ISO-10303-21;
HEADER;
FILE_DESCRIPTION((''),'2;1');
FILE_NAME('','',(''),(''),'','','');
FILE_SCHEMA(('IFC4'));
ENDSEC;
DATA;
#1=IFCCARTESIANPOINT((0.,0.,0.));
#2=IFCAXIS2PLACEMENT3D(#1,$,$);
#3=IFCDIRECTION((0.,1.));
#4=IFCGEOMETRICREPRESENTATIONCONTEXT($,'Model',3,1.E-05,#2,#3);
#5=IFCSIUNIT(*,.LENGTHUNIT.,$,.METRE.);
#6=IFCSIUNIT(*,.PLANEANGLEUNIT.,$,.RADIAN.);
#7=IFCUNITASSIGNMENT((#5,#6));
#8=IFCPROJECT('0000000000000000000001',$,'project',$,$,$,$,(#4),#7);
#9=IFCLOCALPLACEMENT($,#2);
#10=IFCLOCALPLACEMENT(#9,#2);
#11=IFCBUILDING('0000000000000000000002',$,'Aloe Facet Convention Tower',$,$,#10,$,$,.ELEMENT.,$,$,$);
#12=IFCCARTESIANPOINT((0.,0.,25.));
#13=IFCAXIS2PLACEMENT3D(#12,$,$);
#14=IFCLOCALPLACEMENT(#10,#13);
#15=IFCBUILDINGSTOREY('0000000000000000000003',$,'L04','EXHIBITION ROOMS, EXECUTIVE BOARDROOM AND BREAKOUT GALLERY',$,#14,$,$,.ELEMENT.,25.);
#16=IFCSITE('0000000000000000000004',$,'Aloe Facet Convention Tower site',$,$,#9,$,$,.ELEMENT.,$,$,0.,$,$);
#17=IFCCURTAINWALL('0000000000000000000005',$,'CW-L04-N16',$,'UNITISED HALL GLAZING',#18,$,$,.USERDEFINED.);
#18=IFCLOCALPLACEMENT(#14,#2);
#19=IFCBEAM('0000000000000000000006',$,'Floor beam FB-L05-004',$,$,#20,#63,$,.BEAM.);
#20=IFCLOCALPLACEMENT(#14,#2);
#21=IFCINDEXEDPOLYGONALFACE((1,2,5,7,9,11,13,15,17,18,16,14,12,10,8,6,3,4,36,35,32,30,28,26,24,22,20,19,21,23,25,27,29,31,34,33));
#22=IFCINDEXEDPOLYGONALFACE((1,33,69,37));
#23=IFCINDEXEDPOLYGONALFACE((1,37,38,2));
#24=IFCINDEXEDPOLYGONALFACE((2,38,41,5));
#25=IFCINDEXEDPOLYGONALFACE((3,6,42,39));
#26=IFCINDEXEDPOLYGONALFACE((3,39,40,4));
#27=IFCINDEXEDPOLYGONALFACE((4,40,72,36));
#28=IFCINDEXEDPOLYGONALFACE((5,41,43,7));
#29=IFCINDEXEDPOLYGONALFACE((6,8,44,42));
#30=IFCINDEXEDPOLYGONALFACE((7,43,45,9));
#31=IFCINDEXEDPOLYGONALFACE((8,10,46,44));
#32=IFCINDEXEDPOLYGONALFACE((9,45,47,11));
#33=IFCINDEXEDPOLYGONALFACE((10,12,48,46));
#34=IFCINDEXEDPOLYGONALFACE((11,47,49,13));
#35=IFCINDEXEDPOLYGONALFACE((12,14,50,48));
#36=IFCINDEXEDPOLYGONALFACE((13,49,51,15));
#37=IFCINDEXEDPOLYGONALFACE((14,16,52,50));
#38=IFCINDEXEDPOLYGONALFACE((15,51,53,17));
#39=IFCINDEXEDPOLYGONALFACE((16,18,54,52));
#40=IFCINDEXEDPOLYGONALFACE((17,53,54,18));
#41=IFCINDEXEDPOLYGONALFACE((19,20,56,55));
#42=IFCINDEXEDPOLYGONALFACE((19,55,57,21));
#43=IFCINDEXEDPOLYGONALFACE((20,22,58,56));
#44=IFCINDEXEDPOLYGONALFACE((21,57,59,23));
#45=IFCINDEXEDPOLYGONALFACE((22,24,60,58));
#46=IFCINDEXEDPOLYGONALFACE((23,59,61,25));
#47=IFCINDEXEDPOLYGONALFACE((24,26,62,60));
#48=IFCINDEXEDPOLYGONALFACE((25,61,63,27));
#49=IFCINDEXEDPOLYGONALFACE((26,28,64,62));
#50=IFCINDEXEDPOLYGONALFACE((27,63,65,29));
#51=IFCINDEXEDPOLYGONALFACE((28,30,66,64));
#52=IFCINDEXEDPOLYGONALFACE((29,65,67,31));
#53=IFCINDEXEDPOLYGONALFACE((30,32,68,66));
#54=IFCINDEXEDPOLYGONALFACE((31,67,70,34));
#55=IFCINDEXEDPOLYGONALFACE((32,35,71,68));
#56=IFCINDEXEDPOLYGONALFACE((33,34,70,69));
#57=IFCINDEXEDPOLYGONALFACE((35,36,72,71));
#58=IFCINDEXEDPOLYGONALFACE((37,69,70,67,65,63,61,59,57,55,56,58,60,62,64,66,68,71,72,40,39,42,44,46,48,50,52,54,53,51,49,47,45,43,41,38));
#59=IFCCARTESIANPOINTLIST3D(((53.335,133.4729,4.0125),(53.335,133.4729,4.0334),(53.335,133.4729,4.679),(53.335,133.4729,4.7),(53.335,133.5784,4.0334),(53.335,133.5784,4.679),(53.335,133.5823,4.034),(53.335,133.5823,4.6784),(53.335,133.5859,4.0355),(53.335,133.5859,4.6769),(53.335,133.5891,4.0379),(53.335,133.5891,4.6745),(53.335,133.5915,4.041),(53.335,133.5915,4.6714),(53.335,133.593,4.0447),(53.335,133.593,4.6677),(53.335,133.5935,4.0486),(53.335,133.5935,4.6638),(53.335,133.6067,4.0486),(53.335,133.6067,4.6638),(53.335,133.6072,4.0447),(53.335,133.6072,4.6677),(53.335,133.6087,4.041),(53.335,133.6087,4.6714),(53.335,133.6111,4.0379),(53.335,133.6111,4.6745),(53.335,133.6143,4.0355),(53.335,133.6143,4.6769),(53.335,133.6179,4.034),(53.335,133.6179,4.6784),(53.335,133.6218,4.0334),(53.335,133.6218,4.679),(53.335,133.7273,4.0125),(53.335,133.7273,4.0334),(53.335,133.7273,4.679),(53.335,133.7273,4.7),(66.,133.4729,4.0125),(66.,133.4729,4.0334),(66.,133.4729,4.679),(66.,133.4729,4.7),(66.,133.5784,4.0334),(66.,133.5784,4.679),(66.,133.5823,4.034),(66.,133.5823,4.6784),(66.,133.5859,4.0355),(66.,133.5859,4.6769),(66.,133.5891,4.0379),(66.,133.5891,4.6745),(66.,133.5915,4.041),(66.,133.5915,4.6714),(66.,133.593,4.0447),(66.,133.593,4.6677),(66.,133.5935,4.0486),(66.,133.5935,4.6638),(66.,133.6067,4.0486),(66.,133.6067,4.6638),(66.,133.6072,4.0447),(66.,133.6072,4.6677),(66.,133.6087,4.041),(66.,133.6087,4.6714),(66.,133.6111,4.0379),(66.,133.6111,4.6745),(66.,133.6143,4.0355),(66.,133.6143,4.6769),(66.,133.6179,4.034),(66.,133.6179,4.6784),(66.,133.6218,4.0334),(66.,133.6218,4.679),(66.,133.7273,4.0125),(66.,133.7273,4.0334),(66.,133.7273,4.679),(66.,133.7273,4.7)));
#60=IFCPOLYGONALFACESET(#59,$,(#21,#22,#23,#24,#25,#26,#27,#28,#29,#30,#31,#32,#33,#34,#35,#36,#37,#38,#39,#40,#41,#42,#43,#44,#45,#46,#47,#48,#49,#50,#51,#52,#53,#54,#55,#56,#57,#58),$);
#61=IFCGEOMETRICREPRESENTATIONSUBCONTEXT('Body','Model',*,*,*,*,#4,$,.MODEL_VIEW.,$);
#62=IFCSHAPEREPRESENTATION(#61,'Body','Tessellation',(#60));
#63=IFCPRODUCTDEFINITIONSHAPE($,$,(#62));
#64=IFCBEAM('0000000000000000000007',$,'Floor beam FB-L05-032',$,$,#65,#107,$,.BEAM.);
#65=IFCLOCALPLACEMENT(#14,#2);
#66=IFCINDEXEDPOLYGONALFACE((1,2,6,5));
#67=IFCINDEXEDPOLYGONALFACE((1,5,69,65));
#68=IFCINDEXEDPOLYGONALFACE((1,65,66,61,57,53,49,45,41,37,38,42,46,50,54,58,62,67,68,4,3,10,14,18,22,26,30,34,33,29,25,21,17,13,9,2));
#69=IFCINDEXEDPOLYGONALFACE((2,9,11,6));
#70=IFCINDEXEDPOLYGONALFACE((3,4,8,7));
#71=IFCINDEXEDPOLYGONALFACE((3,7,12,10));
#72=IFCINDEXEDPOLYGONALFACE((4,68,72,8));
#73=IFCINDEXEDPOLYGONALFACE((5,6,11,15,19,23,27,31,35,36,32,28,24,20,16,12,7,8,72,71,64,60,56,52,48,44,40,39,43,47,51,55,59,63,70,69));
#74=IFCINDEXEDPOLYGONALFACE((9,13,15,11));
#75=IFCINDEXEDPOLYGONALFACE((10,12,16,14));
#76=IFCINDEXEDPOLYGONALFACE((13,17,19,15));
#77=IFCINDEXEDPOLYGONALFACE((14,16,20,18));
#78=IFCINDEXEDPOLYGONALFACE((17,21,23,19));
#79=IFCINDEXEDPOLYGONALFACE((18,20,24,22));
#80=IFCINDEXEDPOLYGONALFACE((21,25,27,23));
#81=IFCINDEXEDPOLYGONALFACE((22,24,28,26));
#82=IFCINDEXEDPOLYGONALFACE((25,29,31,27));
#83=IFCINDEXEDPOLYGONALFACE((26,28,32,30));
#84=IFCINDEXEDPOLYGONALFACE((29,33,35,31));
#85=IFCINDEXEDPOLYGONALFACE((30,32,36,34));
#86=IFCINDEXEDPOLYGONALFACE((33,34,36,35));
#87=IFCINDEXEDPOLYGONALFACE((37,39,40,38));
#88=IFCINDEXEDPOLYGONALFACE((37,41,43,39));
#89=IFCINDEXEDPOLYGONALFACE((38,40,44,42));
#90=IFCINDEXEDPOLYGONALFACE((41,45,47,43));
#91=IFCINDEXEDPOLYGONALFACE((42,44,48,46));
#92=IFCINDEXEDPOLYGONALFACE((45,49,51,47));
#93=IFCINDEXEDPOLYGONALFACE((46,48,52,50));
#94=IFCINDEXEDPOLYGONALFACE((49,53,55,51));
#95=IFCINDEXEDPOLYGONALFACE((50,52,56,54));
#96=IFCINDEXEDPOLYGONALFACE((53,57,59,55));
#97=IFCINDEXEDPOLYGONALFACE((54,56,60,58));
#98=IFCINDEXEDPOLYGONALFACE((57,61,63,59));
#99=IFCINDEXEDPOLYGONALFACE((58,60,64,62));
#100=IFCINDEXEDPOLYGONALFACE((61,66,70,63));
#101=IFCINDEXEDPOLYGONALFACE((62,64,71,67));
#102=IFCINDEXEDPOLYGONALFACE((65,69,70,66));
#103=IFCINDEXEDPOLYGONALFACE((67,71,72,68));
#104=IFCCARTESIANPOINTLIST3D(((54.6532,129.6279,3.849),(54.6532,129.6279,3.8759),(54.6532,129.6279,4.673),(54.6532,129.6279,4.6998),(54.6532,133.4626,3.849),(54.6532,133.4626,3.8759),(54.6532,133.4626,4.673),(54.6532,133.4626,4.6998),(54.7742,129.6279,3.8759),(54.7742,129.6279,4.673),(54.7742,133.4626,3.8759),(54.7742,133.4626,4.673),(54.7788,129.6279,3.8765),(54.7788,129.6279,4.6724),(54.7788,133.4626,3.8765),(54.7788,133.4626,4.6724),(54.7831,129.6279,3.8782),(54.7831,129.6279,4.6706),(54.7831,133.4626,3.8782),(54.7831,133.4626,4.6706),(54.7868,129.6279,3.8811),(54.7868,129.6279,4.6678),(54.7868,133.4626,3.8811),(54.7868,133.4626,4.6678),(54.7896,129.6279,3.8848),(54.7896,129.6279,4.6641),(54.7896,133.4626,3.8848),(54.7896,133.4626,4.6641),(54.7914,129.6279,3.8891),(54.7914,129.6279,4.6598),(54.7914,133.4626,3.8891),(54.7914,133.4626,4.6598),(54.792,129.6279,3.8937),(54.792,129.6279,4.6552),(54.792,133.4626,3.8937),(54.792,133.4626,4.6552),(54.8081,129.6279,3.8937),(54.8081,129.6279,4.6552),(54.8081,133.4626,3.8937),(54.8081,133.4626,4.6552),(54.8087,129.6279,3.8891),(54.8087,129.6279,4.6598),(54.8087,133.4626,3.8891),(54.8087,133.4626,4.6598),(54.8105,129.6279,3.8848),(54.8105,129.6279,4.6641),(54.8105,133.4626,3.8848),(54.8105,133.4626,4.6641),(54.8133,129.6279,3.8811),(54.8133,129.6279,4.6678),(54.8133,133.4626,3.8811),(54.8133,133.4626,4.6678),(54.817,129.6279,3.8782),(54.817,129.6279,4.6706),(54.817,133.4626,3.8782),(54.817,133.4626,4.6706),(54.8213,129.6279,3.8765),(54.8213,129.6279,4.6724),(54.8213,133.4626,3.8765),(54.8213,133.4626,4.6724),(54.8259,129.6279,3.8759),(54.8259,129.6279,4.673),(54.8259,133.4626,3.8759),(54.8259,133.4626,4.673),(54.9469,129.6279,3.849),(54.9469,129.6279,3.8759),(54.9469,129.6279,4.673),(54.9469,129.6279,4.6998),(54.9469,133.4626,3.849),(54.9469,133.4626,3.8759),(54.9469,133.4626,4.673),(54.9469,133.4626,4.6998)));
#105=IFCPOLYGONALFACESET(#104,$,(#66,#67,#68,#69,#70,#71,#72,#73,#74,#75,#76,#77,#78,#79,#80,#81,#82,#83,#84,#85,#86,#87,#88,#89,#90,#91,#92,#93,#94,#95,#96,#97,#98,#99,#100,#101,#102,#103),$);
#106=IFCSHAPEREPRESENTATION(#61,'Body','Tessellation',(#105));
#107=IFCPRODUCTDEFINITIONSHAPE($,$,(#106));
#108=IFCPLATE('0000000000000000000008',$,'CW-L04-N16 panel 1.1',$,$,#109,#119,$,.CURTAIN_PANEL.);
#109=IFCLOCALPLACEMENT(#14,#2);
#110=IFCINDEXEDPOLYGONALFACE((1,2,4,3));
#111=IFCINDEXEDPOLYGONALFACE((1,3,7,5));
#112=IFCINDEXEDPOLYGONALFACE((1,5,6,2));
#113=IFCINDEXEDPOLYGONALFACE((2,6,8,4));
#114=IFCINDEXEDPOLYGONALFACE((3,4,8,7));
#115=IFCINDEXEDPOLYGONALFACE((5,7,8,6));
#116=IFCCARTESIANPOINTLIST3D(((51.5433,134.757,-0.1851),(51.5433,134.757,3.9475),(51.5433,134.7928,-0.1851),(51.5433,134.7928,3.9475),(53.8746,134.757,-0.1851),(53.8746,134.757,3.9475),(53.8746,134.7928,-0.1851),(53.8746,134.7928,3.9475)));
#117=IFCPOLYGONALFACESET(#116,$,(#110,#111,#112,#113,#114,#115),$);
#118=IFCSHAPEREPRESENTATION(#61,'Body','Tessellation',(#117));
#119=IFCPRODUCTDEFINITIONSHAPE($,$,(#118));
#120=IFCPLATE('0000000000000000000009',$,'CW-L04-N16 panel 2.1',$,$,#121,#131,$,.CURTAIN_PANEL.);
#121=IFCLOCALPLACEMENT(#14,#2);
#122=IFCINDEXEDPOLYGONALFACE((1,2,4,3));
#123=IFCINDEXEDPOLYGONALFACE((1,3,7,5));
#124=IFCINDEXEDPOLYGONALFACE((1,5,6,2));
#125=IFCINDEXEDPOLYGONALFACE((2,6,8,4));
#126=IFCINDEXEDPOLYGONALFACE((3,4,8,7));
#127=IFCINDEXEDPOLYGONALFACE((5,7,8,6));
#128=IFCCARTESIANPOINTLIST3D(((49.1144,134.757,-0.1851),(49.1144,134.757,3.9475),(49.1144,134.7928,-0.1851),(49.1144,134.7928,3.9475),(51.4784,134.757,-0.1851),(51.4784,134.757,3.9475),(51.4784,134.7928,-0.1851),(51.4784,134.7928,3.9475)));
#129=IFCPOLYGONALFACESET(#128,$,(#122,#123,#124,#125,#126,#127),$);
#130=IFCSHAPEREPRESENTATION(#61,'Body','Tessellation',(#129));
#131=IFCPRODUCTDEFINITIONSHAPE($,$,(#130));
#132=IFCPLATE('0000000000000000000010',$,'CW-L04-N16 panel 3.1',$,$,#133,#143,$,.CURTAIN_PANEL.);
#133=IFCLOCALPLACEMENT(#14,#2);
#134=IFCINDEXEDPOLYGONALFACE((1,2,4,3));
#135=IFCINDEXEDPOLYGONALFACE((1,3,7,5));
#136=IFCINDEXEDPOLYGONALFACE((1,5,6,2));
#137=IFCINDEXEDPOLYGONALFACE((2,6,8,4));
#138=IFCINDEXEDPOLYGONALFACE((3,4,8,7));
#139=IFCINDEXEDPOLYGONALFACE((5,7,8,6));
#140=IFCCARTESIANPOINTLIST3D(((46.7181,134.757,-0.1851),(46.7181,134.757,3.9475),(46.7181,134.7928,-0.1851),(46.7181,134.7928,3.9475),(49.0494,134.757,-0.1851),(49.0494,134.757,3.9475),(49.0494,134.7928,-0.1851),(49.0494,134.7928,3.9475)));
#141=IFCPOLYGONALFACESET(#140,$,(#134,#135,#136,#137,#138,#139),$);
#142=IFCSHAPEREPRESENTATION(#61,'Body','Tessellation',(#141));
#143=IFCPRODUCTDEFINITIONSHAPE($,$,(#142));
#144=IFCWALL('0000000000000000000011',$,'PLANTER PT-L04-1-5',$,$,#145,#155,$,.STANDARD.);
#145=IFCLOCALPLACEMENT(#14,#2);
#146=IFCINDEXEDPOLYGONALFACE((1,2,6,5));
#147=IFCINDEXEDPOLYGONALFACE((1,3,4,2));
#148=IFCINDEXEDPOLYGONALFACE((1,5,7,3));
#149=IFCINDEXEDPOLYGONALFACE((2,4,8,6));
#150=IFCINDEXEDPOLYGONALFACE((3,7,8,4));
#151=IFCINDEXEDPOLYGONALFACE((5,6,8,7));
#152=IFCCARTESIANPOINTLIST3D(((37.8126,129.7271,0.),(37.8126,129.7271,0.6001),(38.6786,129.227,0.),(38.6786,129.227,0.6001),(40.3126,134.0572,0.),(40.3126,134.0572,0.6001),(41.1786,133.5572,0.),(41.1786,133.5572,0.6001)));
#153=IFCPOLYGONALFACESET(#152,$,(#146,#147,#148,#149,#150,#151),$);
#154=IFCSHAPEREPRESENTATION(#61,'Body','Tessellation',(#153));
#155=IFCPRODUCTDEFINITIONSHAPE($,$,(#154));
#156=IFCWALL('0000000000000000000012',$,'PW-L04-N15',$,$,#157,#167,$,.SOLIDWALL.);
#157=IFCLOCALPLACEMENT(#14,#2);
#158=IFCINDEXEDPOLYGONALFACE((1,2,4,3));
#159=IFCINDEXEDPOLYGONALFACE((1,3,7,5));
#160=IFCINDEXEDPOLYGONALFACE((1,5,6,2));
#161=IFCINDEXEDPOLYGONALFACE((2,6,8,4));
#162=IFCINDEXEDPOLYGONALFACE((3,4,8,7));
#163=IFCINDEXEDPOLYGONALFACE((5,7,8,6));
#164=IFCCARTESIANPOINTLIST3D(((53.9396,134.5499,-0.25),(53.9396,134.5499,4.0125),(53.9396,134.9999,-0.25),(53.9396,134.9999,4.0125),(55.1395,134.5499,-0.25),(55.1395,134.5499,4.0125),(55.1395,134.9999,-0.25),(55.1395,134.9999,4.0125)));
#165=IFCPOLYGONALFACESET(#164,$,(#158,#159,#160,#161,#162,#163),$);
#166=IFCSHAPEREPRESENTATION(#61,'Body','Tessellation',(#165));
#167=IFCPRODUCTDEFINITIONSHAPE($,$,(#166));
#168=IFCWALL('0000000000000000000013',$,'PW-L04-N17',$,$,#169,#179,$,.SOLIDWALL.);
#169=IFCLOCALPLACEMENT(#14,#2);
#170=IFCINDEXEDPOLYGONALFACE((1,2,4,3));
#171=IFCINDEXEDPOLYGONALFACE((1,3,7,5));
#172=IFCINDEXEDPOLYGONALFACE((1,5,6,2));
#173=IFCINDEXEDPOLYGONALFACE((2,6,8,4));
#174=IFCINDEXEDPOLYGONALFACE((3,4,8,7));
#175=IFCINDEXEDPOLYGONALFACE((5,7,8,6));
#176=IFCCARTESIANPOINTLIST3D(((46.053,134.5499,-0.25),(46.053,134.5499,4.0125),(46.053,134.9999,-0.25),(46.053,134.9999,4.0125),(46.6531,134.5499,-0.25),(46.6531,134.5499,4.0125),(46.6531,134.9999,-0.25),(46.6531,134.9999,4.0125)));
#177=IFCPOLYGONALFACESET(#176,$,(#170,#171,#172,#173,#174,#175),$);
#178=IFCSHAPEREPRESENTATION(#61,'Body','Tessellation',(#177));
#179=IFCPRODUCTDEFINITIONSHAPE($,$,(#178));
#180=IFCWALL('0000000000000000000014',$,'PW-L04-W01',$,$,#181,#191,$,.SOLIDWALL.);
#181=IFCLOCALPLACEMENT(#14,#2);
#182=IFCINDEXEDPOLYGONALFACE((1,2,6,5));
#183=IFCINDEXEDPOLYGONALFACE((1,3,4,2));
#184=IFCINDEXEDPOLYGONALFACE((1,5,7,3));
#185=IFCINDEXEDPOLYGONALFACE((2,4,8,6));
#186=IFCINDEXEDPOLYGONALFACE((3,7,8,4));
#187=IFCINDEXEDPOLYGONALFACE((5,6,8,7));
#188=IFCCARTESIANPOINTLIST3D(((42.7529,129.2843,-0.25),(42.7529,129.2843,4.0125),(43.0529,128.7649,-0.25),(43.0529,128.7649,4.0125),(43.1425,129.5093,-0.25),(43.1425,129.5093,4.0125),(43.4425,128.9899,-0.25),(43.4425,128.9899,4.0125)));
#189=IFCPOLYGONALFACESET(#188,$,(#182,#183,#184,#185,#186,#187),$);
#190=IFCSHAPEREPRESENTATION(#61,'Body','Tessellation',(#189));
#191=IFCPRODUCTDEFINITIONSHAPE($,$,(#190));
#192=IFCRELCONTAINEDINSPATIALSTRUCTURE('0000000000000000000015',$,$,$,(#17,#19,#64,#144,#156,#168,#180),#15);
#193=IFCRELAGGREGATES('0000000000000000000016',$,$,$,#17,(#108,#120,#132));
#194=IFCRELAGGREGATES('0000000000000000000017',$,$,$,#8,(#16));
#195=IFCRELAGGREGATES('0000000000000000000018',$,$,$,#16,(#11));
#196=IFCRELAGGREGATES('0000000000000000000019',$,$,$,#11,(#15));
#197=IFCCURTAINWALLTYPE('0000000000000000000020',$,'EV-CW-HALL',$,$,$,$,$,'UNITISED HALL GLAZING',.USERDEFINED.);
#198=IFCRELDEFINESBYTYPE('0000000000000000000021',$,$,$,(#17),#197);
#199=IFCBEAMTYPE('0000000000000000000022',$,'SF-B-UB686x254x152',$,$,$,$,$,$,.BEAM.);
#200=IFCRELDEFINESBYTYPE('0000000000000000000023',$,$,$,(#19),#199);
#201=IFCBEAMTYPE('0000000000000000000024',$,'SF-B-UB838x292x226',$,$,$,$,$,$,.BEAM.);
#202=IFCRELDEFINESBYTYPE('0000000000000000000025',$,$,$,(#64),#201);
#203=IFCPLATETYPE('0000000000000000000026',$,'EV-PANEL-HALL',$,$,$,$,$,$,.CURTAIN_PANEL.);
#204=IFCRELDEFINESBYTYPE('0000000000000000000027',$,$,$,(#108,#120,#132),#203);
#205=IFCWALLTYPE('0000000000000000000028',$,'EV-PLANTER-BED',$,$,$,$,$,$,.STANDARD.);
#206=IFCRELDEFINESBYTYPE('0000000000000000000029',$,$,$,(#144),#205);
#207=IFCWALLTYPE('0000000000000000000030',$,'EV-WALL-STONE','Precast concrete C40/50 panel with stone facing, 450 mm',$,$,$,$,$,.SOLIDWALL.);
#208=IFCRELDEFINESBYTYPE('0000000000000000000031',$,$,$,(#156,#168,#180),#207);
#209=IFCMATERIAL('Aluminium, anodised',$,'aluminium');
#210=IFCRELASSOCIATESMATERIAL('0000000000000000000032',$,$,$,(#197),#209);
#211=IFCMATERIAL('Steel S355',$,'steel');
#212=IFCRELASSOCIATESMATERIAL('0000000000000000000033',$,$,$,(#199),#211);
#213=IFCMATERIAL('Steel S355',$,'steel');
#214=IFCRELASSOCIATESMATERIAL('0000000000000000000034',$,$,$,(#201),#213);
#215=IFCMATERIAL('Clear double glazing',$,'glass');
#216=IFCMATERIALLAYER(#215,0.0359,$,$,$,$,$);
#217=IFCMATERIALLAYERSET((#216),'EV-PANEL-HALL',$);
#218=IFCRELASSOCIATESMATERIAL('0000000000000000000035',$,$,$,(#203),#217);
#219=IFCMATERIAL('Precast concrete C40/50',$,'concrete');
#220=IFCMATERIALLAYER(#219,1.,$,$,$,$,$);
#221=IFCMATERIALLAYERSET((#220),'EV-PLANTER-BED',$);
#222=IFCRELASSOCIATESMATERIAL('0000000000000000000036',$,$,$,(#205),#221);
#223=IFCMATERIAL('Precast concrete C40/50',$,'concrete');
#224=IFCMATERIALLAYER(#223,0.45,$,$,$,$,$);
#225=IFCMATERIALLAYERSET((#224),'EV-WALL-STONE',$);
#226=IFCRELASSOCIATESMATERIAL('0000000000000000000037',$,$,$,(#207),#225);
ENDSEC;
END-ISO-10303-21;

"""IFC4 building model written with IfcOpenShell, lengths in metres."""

from ifc_helpers import new_model, si_unit, direction, frame, frame_2d, origin, origin_2d, place, context, subcontext, project, spatial, rectangle, i_section, extrude, material, layer, layer_set, material_profile, profile_set, type_object, element, aggregate, save


model = new_model("IFC4")

# Units and contexts
model_context = context("Model", 3, precision=1e-05, world=origin(), true_north=direction((0.0, 1.0)))
body_context = subcontext(model_context, "Body", "Model", "MODEL_VIEW")
ifc_project = project(units=[si_unit("LENGTHUNIT", "METRE"), si_unit("PLANEANGLEUNIT", "RADIAN")], contexts=[model_context])

# Site, building, storey
site_placement = place(None, origin())
site = spatial("IfcSite", under=ifc_project, at=site_placement, Name="Aloe Facet Convention Tower site", CompositionType="ELEMENT", RefElevation=0.0)
building_placement = place(site_placement, origin())
building = spatial("IfcBuilding", under=site, at=building_placement, Name="Aloe Facet Convention Tower", CompositionType="ELEMENT")
storey_placement = place(building_placement, frame((0.0, 0.0, 25.0)))
storey = spatial("IfcBuildingStorey", under=building, at=storey_placement, Name="L04", Description="EXHIBITION ROOMS, EXECUTIVE BOARDROOM AND BREAKOUT GALLERY", CompositionType="ELEMENT", Elevation=25.0)

# Shared definitions
ifc_material_1 = material(Name="Aluminium, anodised", Category="aluminium")
curtain_wall_type = type_object("IfcCurtainWallType", Name="EV-CW-HALL", ElementType="UNITISED HALL GLAZING", PredefinedType="USERDEFINED", material=ifc_material_1)

# Curtain wall
curtain_wall_1_placement = place(storey_placement, origin())
curtain_wall_1 = element("IfcCurtainWall", 1, at=curtain_wall_1_placement, inside=storey, type_object=curtain_wall_type, Name="CW-L04-N16", ObjectType="UNITISED HALL GLAZING", PredefinedType="USERDEFINED")

# Beams
ifc_material_2 = material(Name="Steel S355", Category="steel")
ifc_material_profile_1 = material_profile(ifc_material_2, i_section(OverallWidth=0.2544, OverallDepth=0.6875, WebThickness=0.0132, FlangeThickness=0.021, FilletRadius=0.0151, at=origin_2d()), Name="UB 686x254x152")
ifc_profile_set_1 = profile_set([ifc_material_profile_1], Name="Steel S355")
beam_type_1 = type_object("IfcBeamType", Name="SF-B-UB686x254x152", PredefinedType="BEAM", material=ifc_profile_set_1)
beam_1_placement = place(storey_placement, frame((53.335, 133.6001, 4.3562), z_axis=(1.0, 0.0, 0.0), x_axis=(0.0, 1.0, 0.0)))
element("IfcBeam", 2, at=beam_1_placement, inside=storey, type_object=beam_type_1, Name="Floor beam FB-L05-004", PredefinedType="BEAM", context=body_context, shape_type="SweptSolid", body=[
    extrude(i_section(OverallWidth=0.2544, OverallDepth=0.6875, WebThickness=0.0132, FlangeThickness=0.021, FilletRadius=0.0151, at=origin_2d()), origin(), (0.0, 0.0, 1.0), 12.665),
])
ifc_material_3 = material(Name="Steel S355", Category="steel")
ifc_material_profile_2 = material_profile(ifc_material_3, i_section(OverallWidth=0.2937, OverallDepth=0.8508, WebThickness=0.0161, FlangeThickness=0.0269, FilletRadius=0.0178, at=origin_2d()), Name="UB 838x292x226")
ifc_profile_set_2 = profile_set([ifc_material_profile_2], Name="Steel S355")
beam_type_2 = type_object("IfcBeamType", Name="SF-B-UB838x292x226", PredefinedType="BEAM", material=ifc_profile_set_2)
beam_2_placement = place(storey_placement, frame((54.8, 129.6279, 4.2744), z_axis=(0.0, 1.0, 0.0), x_axis=(-1.0, 0.0, 0.0)))
element("IfcBeam", 3, at=beam_2_placement, inside=storey, type_object=beam_type_2, Name="Floor beam FB-L05-032", PredefinedType="BEAM", context=body_context, shape_type="SweptSolid", body=[
    extrude(i_section(OverallWidth=0.2937, OverallDepth=0.8508, WebThickness=0.0161, FlangeThickness=0.0269, FilletRadius=0.0178, at=origin_2d()), origin(), (0.0, 0.0, 1.0), 3.8347),
])

# Plates
ifc_material_4 = material(Name="Clear double glazing", Category="glass")
ifc_layer_1 = layer(ifc_material_4, 0.0359)
ifc_layer_set_1 = layer_set([ifc_layer_1], Name="EV-PANEL-HALL")
plate_type = type_object("IfcPlateType", Name="EV-PANEL-HALL", PredefinedType="CURTAIN_PANEL", material=ifc_layer_set_1)
plate_1_placement = place(storey_placement, frame((52.709, 134.7749, -0.1851), z_axis=(0.0, 0.0, 1.0), x_axis=(-1.0, 0.0, 0.0)))
plate_1 = element("IfcPlate", 4, at=plate_1_placement, type_object=plate_type, Name="CW-L04-N16 panel 1.1", PredefinedType="CURTAIN_PANEL", context=body_context, shape_type="SweptSolid", body=[
    extrude(rectangle(XDim=2.3313, YDim=0.0359, at=origin_2d()), origin(), (0.0, 0.0, 1.0), 4.1326),
])
plate_2_placement = place(storey_placement, frame((50.2964, 134.7749, -0.1851), z_axis=(0.0, 0.0, 1.0), x_axis=(-1.0, 0.0, 0.0)))
plate_2 = element("IfcPlate", 5, at=plate_2_placement, type_object=plate_type, Name="CW-L04-N16 panel 2.1", PredefinedType="CURTAIN_PANEL", context=body_context, shape_type="SweptSolid", body=[
    extrude(rectangle(XDim=2.364, YDim=0.0359, at=origin_2d()), origin(), (0.0, 0.0, 1.0), 4.1326),
])
plate_3_placement = place(storey_placement, frame((47.8838, 134.7749, -0.1851), z_axis=(0.0, 0.0, 1.0), x_axis=(-1.0, 0.0, 0.0)))
plate_3 = element("IfcPlate", 6, at=plate_3_placement, type_object=plate_type, Name="CW-L04-N16 panel 3.1", PredefinedType="CURTAIN_PANEL", context=body_context, shape_type="SweptSolid", body=[
    extrude(rectangle(XDim=2.3313, YDim=0.0359, at=origin_2d()), origin(), (0.0, 0.0, 1.0), 4.1326),
])
aggregate(curtain_wall_1, [plate_1, plate_2, plate_3])

# Walls
ifc_material_5 = material(Name="Precast concrete C40/50", Category="concrete")
ifc_layer_2 = layer(ifc_material_5, 1.0)
ifc_layer_set_2 = layer_set([ifc_layer_2], Name="EV-PLANTER-BED")
wall_type_1 = type_object("IfcWallType", Name="EV-PLANTER-BED", PredefinedType="STANDARD", material=ifc_layer_set_2)
wall_1_placement = place(storey_placement, frame((38.2456, 129.4771, 0.0), z_axis=(0.0, 0.0, 1.0), x_axis=(0.500004, 0.866023, 0.0)))
element("IfcWall", 7, at=wall_1_placement, inside=storey, type_object=wall_type_1, Name="PLANTER PT-L04-1-5", PredefinedType="STANDARD", context=body_context, shape_type="SweptSolid", body=[
    extrude(rectangle(XDim=5.0, YDim=1.0, at=frame_2d((2.5, 0.0))), origin(), (0.0, 0.0, 1.0), 0.6001),
])
ifc_material_6 = material(Name="Precast concrete C40/50", Category="concrete")
ifc_layer_3 = layer(ifc_material_6, 0.45)
ifc_layer_set_3 = layer_set([ifc_layer_3], Name="EV-WALL-STONE")
wall_type_2 = type_object("IfcWallType", Name="EV-WALL-STONE", Description="Precast concrete C40/50 panel with stone facing, 450 mm", PredefinedType="SOLIDWALL", material=ifc_layer_set_3)
wall_2_placement = place(storey_placement, frame((55.1396, 134.7749, -0.25), z_axis=(0.0, 0.0, 1.0), x_axis=(-1.0, 0.0, 0.0)))
element("IfcWall", 8, at=wall_2_placement, inside=storey, type_object=wall_type_2, Name="PW-L04-N15", PredefinedType="SOLIDWALL", context=body_context, shape_type="SweptSolid", body=[
    extrude(rectangle(XDim=1.2, YDim=0.45, at=frame_2d((0.6001, 0.0))), origin(), (0.0, 0.0, 1.0), 4.2625),
])
wall_3_placement = place(storey_placement, frame((46.6531, 134.7749, -0.25), z_axis=(0.0, 0.0, 1.0), x_axis=(-1.0, 0.0, 0.0)))
element("IfcWall", 9, at=wall_3_placement, inside=storey, type_object=wall_type_2, Name="PW-L04-N17", PredefinedType="SOLIDWALL", context=body_context, shape_type="SweptSolid", body=[
    extrude(rectangle(XDim=0.6001, YDim=0.45, at=frame_2d((0.3, 0.0))), origin(), (0.0, 0.0, 1.0), 4.2625),
])
wall_4_placement = place(storey_placement, frame((42.9478, 129.3967, -0.25), z_axis=(0.0, 0.0, 1.0), x_axis=(0.500122, -0.865955, 0.0)))
element("IfcWall", 10, at=wall_4_placement, inside=storey, type_object=wall_type_2, Name="PW-L04-W01", PredefinedType="SOLIDWALL", context=body_context, shape_type="SweptSolid", body=[
    extrude(rectangle(XDim=0.5999, YDim=0.45, at=frame_2d((0.2998, 0.0))), origin(), (0.0, 0.0, 1.0), 4.2625),
])

save(model, "model.ifc")
